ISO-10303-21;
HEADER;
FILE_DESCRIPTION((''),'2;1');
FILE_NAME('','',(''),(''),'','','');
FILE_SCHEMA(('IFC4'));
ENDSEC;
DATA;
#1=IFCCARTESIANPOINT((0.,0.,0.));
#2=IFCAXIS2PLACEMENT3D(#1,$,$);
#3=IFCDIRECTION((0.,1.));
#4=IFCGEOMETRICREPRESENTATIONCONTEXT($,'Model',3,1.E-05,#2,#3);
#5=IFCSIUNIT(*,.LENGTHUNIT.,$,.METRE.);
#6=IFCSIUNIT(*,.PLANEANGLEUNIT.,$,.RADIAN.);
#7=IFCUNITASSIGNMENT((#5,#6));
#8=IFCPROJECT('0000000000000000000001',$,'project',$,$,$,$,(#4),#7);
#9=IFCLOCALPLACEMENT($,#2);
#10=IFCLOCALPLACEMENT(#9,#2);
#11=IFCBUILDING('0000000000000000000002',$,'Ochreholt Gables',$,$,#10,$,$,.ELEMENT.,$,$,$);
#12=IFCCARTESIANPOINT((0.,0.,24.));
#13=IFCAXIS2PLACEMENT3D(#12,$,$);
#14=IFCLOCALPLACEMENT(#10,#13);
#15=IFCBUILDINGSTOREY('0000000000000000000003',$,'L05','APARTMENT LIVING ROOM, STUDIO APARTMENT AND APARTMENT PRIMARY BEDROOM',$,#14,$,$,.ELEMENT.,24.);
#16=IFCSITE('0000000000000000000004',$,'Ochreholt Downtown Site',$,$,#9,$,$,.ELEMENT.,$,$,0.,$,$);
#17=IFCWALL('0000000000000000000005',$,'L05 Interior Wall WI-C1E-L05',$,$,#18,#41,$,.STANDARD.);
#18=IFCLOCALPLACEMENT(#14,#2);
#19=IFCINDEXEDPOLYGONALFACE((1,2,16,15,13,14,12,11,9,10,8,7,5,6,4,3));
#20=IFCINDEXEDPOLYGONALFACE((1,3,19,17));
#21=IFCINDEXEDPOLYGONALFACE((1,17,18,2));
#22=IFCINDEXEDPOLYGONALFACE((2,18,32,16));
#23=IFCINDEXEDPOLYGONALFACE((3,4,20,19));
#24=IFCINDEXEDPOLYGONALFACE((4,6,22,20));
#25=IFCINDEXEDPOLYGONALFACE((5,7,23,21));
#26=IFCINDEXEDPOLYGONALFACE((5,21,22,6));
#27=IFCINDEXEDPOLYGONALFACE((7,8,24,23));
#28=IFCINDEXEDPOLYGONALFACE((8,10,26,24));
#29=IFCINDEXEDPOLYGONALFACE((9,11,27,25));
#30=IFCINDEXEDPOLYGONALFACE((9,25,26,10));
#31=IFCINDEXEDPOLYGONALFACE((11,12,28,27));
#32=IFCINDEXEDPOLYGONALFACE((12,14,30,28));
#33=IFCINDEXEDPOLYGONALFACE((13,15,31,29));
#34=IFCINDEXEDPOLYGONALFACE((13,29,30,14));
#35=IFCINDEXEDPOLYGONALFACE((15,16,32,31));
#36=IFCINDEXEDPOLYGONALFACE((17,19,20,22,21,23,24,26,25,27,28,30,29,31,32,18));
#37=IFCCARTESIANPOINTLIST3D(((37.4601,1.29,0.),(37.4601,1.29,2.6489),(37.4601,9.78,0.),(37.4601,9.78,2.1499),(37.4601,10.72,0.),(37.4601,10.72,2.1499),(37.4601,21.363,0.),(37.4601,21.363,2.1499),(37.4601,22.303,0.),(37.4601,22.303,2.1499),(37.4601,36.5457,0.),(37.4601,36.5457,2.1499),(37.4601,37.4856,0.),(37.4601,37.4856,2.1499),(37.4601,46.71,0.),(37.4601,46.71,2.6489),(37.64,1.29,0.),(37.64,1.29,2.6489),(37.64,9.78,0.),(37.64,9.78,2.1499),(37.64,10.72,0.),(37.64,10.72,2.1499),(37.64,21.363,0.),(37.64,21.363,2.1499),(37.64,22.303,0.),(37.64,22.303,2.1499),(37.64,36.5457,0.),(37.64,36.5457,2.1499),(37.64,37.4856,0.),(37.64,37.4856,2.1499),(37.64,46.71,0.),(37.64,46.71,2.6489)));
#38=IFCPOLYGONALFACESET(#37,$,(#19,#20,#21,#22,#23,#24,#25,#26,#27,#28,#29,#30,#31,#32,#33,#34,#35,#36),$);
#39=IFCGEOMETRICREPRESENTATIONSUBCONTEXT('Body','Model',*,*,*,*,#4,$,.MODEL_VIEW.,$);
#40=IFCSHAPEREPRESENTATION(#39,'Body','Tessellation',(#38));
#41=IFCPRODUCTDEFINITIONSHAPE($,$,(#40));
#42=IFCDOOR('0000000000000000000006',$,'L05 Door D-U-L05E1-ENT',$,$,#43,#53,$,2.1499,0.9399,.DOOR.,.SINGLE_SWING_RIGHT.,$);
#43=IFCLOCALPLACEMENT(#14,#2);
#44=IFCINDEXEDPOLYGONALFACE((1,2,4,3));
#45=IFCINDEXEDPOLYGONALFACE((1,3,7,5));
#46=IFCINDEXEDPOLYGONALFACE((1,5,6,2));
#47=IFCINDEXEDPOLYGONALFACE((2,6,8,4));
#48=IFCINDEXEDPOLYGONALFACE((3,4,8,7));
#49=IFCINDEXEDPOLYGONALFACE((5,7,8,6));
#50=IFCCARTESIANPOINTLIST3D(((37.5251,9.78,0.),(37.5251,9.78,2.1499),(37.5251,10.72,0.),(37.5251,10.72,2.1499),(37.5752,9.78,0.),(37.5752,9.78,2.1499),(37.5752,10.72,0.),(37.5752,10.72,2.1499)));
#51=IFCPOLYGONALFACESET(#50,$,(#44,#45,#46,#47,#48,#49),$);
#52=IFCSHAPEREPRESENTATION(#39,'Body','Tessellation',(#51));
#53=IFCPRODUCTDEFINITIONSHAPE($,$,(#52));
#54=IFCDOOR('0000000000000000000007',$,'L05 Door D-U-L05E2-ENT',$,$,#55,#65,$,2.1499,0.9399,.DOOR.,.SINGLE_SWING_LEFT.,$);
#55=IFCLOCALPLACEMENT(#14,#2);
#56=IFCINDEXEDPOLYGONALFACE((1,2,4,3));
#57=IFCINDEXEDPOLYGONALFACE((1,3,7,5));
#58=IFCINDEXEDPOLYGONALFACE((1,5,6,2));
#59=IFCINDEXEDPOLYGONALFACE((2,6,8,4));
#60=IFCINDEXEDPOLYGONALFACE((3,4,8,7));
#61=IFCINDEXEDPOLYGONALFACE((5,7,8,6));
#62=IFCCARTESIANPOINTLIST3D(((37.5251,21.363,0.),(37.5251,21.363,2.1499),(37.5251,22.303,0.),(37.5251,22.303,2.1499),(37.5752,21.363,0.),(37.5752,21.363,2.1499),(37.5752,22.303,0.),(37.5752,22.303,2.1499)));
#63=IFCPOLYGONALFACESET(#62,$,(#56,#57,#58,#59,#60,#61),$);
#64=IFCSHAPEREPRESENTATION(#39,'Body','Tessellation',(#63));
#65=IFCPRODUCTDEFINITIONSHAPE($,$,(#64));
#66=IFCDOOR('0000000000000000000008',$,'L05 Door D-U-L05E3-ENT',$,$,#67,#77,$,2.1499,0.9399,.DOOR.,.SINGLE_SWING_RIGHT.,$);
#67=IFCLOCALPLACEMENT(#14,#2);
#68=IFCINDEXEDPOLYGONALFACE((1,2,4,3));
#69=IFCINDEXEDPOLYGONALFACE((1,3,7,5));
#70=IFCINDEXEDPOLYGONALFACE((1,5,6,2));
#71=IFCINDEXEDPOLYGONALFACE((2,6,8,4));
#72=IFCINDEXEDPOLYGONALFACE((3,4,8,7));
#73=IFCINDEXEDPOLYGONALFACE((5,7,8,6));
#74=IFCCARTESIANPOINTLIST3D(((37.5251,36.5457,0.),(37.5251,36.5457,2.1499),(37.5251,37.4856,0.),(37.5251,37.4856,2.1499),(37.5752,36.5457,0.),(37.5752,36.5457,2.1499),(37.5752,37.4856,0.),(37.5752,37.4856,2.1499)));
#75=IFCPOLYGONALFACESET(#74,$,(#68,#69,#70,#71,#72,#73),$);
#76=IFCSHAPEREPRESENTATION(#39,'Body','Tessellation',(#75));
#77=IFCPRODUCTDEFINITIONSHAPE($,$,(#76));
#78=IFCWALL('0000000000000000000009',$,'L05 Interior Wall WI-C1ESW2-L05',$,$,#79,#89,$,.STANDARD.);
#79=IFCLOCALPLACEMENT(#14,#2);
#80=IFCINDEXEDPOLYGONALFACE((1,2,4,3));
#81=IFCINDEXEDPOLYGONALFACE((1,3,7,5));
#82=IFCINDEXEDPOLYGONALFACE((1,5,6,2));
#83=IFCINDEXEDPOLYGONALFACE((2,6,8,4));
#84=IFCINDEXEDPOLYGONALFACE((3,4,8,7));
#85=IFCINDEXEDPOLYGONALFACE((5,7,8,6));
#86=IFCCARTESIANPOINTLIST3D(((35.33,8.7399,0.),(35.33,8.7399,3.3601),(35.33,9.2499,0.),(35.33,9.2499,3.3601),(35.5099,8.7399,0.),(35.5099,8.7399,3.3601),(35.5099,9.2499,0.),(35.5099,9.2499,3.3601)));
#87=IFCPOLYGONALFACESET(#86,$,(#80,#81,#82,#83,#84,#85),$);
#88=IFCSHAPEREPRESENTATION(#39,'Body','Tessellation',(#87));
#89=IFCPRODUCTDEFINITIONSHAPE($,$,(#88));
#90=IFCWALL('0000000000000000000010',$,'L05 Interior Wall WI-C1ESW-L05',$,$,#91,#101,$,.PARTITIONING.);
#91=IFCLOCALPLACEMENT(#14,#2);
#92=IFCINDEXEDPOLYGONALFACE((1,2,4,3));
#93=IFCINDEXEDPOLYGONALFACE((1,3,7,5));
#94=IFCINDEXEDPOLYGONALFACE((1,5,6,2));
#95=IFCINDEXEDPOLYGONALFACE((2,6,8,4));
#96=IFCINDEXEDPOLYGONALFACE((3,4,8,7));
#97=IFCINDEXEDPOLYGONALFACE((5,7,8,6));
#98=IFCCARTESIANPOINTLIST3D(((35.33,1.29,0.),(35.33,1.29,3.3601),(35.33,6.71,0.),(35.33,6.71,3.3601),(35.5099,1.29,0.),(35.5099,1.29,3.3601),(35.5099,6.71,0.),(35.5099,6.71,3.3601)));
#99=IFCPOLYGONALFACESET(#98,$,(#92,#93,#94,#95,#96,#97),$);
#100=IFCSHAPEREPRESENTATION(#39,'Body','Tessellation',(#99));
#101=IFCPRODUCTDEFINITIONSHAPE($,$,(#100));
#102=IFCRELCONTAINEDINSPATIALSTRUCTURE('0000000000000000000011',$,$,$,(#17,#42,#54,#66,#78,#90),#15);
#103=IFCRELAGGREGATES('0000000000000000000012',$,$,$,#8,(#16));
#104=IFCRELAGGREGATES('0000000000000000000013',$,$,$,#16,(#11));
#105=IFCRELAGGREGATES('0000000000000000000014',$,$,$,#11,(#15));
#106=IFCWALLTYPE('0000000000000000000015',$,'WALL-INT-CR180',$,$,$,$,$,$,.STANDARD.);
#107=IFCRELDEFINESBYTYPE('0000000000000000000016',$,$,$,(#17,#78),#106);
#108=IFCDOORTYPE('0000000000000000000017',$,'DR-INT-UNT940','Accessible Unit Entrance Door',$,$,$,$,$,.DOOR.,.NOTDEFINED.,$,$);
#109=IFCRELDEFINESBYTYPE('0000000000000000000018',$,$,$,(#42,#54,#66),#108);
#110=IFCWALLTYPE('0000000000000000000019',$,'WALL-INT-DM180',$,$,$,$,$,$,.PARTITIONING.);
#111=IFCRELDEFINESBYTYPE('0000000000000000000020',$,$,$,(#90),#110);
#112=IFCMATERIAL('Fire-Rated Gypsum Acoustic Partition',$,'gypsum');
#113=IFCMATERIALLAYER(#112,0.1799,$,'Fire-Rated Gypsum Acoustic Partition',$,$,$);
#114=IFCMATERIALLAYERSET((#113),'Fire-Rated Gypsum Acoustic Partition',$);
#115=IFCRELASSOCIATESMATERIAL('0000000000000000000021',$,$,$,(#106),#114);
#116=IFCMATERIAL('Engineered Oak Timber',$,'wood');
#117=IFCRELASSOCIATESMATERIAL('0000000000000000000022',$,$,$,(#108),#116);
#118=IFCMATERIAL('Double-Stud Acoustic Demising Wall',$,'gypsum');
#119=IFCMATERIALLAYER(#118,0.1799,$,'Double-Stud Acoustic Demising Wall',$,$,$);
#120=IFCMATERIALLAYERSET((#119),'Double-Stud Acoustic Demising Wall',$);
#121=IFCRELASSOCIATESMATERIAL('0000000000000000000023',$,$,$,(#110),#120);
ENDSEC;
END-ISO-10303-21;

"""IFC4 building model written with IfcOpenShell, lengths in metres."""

from ifc_helpers import new_model, si_unit, direction, frame, frame_2d, origin, place, context, subcontext, project, spatial, rectangle, extrude, material, layer, layer_set, type_object, element, fill, save


model = new_model("IFC4")

# Units and contexts
model_context = context("Model", 3, precision=1e-05, world=origin(), true_north=direction((0.0, 1.0)))
body_context = subcontext(model_context, "Body", "Model", "MODEL_VIEW")
ifc_project = project(units=[si_unit("LENGTHUNIT", "METRE"), si_unit("PLANEANGLEUNIT", "RADIAN")], contexts=[model_context])

# Site, building, storey
site_placement = place(None, origin())
site = spatial("IfcSite", under=ifc_project, at=site_placement, Name="Ochreholt Downtown Site", CompositionType="ELEMENT", RefElevation=0.0)
building_placement = place(site_placement, origin())
building = spatial("IfcBuilding", under=site, at=building_placement, Name="Ochreholt Gables", CompositionType="ELEMENT")
storey_placement = place(building_placement, frame((0.0, 0.0, 24.0)))
storey = spatial("IfcBuildingStorey", under=building, at=storey_placement, Name="L05", Description="APARTMENT LIVING ROOM, STUDIO APARTMENT AND APARTMENT PRIMARY BEDROOM", CompositionType="ELEMENT", Elevation=24.0)

# Wall, openings, doors
ifc_material_1 = material(Name="Fire-Rated Gypsum Acoustic Partition", Category="gypsum")
ifc_layer_1 = layer(ifc_material_1, 0.1799, Name="Fire-Rated Gypsum Acoustic Partition")
ifc_layer_set_1 = layer_set([ifc_layer_1], Name="Fire-Rated Gypsum Acoustic Partition")
wall_type_1 = type_object("IfcWallType", Name="WALL-INT-CR180", PredefinedType="STANDARD", material=ifc_layer_set_1)
wall_1_placement = place(storey_placement, frame((37.55, 1.29, 0.0), z_axis=(0.0, 0.0, 1.0), x_axis=(0.0, 1.0, 0.0)))
wall_1 = element("IfcWall", 1, at=wall_1_placement, inside=storey, type_object=wall_type_1, Name="L05 Interior Wall WI-C1E-L05", PredefinedType="STANDARD", context=body_context, shape_type="SweptSolid", body=[
    extrude(rectangle(XDim=45.4199, YDim=0.1799, at=frame_2d((22.71, 0.0))), origin(), (0.0, 0.0, 1.0), 2.6489),
])
opening_1_placement = place(wall_1_placement, frame((8.49, 0.0, 0.0)))
opening_1 = element("IfcOpeningElement", 2, at=opening_1_placement, cuts=wall_1, PredefinedType="OPENING", context=body_context, shape_type="SweptSolid", body=[
    extrude(rectangle(XDim=0.9399, YDim=2.1499, at=frame_2d((0.47, 1.075))), frame((0.0, 0.0999, 0.0), z_axis=(0.0, -1.0, 0.0), x_axis=(1.0, 0.0, 0.0)), (0.0, 0.0, 1.0), 0.2),
])
opening_2_placement = place(wall_1_placement, frame((20.073, 0.0, 0.0)))
opening_2 = element("IfcOpeningElement", 3, at=opening_2_placement, cuts=wall_1, PredefinedType="OPENING", context=body_context, shape_type="SweptSolid", body=[
    extrude(rectangle(XDim=0.9399, YDim=2.1499, at=frame_2d((0.47, 1.075))), frame((0.0, 0.0999, 0.0), z_axis=(0.0, -1.0, 0.0), x_axis=(1.0, 0.0, 0.0)), (0.0, 0.0, 1.0), 0.2),
])
opening_3_placement = place(wall_1_placement, frame((35.2556, 0.0, 0.0)))
opening_3 = element("IfcOpeningElement", 4, at=opening_3_placement, cuts=wall_1, PredefinedType="OPENING", context=body_context, shape_type="SweptSolid", body=[
    extrude(rectangle(XDim=0.9399, YDim=2.1499, at=frame_2d((0.47, 1.075))), frame((0.0, 0.0999, 0.0), z_axis=(0.0, -1.0, 0.0), x_axis=(1.0, 0.0, 0.0)), (0.0, 0.0, 1.0), 0.2),
])
ifc_material_2 = material(Name="Engineered Oak Timber", Category="wood")
door_type = type_object("IfcDoorType", Name="DR-INT-UNT940", Description="Accessible Unit Entrance Door", OperationType="NOTDEFINED", PredefinedType="DOOR", material=ifc_material_2)
door_1_placement = place(opening_1_placement, origin())
door_1 = element("IfcDoor", 5, at=door_1_placement, inside=storey, type_object=door_type, Name="L05 Door D-U-L05E1-ENT", OperationType="SINGLE_SWING_RIGHT", OverallHeight=2.1499, OverallWidth=0.9399, PredefinedType="DOOR", context=body_context, shape_type="SweptSolid", body=[
    extrude(rectangle(XDim=0.9399, YDim=2.1499, at=frame_2d((0.47, 1.075))), frame((0.0, 0.0249, 0.0), z_axis=(0.0, -1.0, 0.0), x_axis=(1.0, 0.0, 0.0)), (0.0, 0.0, 1.0), 0.05),
])
fill(opening_1, door_1)
door_2_placement = place(opening_2_placement, origin())
door_2 = element("IfcDoor", 6, at=door_2_placement, inside=storey, type_object=door_type, Name="L05 Door D-U-L05E2-ENT", OperationType="SINGLE_SWING_LEFT", OverallHeight=2.1499, OverallWidth=0.9399, PredefinedType="DOOR", context=body_context, shape_type="SweptSolid", body=[
    extrude(rectangle(XDim=0.9399, YDim=2.1499, at=frame_2d((0.47, 1.075))), frame((0.0, 0.0249, 0.0), z_axis=(0.0, -1.0, 0.0), x_axis=(1.0, 0.0, 0.0)), (0.0, 0.0, 1.0), 0.05),
])
fill(opening_2, door_2)
door_3_placement = place(opening_3_placement, origin())
door_3 = element("IfcDoor", 7, at=door_3_placement, inside=storey, type_object=door_type, Name="L05 Door D-U-L05E3-ENT", OperationType="SINGLE_SWING_RIGHT", OverallHeight=2.1499, OverallWidth=0.9399, PredefinedType="DOOR", context=body_context, shape_type="SweptSolid", body=[
    extrude(rectangle(XDim=0.9399, YDim=2.1499, at=frame_2d((0.47, 1.075))), frame((0.0, 0.0249, 0.0), z_axis=(0.0, -1.0, 0.0), x_axis=(1.0, 0.0, 0.0)), (0.0, 0.0, 1.0), 0.05),
])
fill(opening_3, door_3)

# Walls
wall_2_placement = place(storey_placement, frame((35.4199, 8.74, 0.0), z_axis=(0.0, 0.0, 1.0), x_axis=(0.0, 1.0, 0.0)))
element("IfcWall", 8, at=wall_2_placement, inside=storey, type_object=wall_type_1, Name="L05 Interior Wall WI-C1ESW2-L05", PredefinedType="STANDARD", context=body_context, shape_type="SweptSolid", body=[
    extrude(rectangle(XDim=0.51, YDim=0.1799, at=frame_2d((0.2549, 0.0))), origin(), (0.0, 0.0, 1.0), 3.3601),
])
ifc_material_3 = material(Name="Double-Stud Acoustic Demising Wall", Category="gypsum")
ifc_layer_2 = layer(ifc_material_3, 0.1799, Name="Double-Stud Acoustic Demising Wall")
ifc_layer_set_2 = layer_set([ifc_layer_2], Name="Double-Stud Acoustic Demising Wall")
wall_type_2 = type_object("IfcWallType", Name="WALL-INT-DM180", PredefinedType="PARTITIONING", material=ifc_layer_set_2)
wall_3_placement = place(storey_placement, frame((35.4199, 1.29, 0.0), z_axis=(0.0, 0.0, 1.0), x_axis=(0.0, 1.0, 0.0)))
element("IfcWall", 9, at=wall_3_placement, inside=storey, type_object=wall_type_2, Name="L05 Interior Wall WI-C1ESW-L05", PredefinedType="PARTITIONING", context=body_context, shape_type="SweptSolid", body=[
    extrude(rectangle(XDim=5.4199, YDim=0.1799, at=frame_2d((2.71, 0.0))), origin(), (0.0, 0.0, 1.0), 3.3601),
])

save(model, "model.ifc")
